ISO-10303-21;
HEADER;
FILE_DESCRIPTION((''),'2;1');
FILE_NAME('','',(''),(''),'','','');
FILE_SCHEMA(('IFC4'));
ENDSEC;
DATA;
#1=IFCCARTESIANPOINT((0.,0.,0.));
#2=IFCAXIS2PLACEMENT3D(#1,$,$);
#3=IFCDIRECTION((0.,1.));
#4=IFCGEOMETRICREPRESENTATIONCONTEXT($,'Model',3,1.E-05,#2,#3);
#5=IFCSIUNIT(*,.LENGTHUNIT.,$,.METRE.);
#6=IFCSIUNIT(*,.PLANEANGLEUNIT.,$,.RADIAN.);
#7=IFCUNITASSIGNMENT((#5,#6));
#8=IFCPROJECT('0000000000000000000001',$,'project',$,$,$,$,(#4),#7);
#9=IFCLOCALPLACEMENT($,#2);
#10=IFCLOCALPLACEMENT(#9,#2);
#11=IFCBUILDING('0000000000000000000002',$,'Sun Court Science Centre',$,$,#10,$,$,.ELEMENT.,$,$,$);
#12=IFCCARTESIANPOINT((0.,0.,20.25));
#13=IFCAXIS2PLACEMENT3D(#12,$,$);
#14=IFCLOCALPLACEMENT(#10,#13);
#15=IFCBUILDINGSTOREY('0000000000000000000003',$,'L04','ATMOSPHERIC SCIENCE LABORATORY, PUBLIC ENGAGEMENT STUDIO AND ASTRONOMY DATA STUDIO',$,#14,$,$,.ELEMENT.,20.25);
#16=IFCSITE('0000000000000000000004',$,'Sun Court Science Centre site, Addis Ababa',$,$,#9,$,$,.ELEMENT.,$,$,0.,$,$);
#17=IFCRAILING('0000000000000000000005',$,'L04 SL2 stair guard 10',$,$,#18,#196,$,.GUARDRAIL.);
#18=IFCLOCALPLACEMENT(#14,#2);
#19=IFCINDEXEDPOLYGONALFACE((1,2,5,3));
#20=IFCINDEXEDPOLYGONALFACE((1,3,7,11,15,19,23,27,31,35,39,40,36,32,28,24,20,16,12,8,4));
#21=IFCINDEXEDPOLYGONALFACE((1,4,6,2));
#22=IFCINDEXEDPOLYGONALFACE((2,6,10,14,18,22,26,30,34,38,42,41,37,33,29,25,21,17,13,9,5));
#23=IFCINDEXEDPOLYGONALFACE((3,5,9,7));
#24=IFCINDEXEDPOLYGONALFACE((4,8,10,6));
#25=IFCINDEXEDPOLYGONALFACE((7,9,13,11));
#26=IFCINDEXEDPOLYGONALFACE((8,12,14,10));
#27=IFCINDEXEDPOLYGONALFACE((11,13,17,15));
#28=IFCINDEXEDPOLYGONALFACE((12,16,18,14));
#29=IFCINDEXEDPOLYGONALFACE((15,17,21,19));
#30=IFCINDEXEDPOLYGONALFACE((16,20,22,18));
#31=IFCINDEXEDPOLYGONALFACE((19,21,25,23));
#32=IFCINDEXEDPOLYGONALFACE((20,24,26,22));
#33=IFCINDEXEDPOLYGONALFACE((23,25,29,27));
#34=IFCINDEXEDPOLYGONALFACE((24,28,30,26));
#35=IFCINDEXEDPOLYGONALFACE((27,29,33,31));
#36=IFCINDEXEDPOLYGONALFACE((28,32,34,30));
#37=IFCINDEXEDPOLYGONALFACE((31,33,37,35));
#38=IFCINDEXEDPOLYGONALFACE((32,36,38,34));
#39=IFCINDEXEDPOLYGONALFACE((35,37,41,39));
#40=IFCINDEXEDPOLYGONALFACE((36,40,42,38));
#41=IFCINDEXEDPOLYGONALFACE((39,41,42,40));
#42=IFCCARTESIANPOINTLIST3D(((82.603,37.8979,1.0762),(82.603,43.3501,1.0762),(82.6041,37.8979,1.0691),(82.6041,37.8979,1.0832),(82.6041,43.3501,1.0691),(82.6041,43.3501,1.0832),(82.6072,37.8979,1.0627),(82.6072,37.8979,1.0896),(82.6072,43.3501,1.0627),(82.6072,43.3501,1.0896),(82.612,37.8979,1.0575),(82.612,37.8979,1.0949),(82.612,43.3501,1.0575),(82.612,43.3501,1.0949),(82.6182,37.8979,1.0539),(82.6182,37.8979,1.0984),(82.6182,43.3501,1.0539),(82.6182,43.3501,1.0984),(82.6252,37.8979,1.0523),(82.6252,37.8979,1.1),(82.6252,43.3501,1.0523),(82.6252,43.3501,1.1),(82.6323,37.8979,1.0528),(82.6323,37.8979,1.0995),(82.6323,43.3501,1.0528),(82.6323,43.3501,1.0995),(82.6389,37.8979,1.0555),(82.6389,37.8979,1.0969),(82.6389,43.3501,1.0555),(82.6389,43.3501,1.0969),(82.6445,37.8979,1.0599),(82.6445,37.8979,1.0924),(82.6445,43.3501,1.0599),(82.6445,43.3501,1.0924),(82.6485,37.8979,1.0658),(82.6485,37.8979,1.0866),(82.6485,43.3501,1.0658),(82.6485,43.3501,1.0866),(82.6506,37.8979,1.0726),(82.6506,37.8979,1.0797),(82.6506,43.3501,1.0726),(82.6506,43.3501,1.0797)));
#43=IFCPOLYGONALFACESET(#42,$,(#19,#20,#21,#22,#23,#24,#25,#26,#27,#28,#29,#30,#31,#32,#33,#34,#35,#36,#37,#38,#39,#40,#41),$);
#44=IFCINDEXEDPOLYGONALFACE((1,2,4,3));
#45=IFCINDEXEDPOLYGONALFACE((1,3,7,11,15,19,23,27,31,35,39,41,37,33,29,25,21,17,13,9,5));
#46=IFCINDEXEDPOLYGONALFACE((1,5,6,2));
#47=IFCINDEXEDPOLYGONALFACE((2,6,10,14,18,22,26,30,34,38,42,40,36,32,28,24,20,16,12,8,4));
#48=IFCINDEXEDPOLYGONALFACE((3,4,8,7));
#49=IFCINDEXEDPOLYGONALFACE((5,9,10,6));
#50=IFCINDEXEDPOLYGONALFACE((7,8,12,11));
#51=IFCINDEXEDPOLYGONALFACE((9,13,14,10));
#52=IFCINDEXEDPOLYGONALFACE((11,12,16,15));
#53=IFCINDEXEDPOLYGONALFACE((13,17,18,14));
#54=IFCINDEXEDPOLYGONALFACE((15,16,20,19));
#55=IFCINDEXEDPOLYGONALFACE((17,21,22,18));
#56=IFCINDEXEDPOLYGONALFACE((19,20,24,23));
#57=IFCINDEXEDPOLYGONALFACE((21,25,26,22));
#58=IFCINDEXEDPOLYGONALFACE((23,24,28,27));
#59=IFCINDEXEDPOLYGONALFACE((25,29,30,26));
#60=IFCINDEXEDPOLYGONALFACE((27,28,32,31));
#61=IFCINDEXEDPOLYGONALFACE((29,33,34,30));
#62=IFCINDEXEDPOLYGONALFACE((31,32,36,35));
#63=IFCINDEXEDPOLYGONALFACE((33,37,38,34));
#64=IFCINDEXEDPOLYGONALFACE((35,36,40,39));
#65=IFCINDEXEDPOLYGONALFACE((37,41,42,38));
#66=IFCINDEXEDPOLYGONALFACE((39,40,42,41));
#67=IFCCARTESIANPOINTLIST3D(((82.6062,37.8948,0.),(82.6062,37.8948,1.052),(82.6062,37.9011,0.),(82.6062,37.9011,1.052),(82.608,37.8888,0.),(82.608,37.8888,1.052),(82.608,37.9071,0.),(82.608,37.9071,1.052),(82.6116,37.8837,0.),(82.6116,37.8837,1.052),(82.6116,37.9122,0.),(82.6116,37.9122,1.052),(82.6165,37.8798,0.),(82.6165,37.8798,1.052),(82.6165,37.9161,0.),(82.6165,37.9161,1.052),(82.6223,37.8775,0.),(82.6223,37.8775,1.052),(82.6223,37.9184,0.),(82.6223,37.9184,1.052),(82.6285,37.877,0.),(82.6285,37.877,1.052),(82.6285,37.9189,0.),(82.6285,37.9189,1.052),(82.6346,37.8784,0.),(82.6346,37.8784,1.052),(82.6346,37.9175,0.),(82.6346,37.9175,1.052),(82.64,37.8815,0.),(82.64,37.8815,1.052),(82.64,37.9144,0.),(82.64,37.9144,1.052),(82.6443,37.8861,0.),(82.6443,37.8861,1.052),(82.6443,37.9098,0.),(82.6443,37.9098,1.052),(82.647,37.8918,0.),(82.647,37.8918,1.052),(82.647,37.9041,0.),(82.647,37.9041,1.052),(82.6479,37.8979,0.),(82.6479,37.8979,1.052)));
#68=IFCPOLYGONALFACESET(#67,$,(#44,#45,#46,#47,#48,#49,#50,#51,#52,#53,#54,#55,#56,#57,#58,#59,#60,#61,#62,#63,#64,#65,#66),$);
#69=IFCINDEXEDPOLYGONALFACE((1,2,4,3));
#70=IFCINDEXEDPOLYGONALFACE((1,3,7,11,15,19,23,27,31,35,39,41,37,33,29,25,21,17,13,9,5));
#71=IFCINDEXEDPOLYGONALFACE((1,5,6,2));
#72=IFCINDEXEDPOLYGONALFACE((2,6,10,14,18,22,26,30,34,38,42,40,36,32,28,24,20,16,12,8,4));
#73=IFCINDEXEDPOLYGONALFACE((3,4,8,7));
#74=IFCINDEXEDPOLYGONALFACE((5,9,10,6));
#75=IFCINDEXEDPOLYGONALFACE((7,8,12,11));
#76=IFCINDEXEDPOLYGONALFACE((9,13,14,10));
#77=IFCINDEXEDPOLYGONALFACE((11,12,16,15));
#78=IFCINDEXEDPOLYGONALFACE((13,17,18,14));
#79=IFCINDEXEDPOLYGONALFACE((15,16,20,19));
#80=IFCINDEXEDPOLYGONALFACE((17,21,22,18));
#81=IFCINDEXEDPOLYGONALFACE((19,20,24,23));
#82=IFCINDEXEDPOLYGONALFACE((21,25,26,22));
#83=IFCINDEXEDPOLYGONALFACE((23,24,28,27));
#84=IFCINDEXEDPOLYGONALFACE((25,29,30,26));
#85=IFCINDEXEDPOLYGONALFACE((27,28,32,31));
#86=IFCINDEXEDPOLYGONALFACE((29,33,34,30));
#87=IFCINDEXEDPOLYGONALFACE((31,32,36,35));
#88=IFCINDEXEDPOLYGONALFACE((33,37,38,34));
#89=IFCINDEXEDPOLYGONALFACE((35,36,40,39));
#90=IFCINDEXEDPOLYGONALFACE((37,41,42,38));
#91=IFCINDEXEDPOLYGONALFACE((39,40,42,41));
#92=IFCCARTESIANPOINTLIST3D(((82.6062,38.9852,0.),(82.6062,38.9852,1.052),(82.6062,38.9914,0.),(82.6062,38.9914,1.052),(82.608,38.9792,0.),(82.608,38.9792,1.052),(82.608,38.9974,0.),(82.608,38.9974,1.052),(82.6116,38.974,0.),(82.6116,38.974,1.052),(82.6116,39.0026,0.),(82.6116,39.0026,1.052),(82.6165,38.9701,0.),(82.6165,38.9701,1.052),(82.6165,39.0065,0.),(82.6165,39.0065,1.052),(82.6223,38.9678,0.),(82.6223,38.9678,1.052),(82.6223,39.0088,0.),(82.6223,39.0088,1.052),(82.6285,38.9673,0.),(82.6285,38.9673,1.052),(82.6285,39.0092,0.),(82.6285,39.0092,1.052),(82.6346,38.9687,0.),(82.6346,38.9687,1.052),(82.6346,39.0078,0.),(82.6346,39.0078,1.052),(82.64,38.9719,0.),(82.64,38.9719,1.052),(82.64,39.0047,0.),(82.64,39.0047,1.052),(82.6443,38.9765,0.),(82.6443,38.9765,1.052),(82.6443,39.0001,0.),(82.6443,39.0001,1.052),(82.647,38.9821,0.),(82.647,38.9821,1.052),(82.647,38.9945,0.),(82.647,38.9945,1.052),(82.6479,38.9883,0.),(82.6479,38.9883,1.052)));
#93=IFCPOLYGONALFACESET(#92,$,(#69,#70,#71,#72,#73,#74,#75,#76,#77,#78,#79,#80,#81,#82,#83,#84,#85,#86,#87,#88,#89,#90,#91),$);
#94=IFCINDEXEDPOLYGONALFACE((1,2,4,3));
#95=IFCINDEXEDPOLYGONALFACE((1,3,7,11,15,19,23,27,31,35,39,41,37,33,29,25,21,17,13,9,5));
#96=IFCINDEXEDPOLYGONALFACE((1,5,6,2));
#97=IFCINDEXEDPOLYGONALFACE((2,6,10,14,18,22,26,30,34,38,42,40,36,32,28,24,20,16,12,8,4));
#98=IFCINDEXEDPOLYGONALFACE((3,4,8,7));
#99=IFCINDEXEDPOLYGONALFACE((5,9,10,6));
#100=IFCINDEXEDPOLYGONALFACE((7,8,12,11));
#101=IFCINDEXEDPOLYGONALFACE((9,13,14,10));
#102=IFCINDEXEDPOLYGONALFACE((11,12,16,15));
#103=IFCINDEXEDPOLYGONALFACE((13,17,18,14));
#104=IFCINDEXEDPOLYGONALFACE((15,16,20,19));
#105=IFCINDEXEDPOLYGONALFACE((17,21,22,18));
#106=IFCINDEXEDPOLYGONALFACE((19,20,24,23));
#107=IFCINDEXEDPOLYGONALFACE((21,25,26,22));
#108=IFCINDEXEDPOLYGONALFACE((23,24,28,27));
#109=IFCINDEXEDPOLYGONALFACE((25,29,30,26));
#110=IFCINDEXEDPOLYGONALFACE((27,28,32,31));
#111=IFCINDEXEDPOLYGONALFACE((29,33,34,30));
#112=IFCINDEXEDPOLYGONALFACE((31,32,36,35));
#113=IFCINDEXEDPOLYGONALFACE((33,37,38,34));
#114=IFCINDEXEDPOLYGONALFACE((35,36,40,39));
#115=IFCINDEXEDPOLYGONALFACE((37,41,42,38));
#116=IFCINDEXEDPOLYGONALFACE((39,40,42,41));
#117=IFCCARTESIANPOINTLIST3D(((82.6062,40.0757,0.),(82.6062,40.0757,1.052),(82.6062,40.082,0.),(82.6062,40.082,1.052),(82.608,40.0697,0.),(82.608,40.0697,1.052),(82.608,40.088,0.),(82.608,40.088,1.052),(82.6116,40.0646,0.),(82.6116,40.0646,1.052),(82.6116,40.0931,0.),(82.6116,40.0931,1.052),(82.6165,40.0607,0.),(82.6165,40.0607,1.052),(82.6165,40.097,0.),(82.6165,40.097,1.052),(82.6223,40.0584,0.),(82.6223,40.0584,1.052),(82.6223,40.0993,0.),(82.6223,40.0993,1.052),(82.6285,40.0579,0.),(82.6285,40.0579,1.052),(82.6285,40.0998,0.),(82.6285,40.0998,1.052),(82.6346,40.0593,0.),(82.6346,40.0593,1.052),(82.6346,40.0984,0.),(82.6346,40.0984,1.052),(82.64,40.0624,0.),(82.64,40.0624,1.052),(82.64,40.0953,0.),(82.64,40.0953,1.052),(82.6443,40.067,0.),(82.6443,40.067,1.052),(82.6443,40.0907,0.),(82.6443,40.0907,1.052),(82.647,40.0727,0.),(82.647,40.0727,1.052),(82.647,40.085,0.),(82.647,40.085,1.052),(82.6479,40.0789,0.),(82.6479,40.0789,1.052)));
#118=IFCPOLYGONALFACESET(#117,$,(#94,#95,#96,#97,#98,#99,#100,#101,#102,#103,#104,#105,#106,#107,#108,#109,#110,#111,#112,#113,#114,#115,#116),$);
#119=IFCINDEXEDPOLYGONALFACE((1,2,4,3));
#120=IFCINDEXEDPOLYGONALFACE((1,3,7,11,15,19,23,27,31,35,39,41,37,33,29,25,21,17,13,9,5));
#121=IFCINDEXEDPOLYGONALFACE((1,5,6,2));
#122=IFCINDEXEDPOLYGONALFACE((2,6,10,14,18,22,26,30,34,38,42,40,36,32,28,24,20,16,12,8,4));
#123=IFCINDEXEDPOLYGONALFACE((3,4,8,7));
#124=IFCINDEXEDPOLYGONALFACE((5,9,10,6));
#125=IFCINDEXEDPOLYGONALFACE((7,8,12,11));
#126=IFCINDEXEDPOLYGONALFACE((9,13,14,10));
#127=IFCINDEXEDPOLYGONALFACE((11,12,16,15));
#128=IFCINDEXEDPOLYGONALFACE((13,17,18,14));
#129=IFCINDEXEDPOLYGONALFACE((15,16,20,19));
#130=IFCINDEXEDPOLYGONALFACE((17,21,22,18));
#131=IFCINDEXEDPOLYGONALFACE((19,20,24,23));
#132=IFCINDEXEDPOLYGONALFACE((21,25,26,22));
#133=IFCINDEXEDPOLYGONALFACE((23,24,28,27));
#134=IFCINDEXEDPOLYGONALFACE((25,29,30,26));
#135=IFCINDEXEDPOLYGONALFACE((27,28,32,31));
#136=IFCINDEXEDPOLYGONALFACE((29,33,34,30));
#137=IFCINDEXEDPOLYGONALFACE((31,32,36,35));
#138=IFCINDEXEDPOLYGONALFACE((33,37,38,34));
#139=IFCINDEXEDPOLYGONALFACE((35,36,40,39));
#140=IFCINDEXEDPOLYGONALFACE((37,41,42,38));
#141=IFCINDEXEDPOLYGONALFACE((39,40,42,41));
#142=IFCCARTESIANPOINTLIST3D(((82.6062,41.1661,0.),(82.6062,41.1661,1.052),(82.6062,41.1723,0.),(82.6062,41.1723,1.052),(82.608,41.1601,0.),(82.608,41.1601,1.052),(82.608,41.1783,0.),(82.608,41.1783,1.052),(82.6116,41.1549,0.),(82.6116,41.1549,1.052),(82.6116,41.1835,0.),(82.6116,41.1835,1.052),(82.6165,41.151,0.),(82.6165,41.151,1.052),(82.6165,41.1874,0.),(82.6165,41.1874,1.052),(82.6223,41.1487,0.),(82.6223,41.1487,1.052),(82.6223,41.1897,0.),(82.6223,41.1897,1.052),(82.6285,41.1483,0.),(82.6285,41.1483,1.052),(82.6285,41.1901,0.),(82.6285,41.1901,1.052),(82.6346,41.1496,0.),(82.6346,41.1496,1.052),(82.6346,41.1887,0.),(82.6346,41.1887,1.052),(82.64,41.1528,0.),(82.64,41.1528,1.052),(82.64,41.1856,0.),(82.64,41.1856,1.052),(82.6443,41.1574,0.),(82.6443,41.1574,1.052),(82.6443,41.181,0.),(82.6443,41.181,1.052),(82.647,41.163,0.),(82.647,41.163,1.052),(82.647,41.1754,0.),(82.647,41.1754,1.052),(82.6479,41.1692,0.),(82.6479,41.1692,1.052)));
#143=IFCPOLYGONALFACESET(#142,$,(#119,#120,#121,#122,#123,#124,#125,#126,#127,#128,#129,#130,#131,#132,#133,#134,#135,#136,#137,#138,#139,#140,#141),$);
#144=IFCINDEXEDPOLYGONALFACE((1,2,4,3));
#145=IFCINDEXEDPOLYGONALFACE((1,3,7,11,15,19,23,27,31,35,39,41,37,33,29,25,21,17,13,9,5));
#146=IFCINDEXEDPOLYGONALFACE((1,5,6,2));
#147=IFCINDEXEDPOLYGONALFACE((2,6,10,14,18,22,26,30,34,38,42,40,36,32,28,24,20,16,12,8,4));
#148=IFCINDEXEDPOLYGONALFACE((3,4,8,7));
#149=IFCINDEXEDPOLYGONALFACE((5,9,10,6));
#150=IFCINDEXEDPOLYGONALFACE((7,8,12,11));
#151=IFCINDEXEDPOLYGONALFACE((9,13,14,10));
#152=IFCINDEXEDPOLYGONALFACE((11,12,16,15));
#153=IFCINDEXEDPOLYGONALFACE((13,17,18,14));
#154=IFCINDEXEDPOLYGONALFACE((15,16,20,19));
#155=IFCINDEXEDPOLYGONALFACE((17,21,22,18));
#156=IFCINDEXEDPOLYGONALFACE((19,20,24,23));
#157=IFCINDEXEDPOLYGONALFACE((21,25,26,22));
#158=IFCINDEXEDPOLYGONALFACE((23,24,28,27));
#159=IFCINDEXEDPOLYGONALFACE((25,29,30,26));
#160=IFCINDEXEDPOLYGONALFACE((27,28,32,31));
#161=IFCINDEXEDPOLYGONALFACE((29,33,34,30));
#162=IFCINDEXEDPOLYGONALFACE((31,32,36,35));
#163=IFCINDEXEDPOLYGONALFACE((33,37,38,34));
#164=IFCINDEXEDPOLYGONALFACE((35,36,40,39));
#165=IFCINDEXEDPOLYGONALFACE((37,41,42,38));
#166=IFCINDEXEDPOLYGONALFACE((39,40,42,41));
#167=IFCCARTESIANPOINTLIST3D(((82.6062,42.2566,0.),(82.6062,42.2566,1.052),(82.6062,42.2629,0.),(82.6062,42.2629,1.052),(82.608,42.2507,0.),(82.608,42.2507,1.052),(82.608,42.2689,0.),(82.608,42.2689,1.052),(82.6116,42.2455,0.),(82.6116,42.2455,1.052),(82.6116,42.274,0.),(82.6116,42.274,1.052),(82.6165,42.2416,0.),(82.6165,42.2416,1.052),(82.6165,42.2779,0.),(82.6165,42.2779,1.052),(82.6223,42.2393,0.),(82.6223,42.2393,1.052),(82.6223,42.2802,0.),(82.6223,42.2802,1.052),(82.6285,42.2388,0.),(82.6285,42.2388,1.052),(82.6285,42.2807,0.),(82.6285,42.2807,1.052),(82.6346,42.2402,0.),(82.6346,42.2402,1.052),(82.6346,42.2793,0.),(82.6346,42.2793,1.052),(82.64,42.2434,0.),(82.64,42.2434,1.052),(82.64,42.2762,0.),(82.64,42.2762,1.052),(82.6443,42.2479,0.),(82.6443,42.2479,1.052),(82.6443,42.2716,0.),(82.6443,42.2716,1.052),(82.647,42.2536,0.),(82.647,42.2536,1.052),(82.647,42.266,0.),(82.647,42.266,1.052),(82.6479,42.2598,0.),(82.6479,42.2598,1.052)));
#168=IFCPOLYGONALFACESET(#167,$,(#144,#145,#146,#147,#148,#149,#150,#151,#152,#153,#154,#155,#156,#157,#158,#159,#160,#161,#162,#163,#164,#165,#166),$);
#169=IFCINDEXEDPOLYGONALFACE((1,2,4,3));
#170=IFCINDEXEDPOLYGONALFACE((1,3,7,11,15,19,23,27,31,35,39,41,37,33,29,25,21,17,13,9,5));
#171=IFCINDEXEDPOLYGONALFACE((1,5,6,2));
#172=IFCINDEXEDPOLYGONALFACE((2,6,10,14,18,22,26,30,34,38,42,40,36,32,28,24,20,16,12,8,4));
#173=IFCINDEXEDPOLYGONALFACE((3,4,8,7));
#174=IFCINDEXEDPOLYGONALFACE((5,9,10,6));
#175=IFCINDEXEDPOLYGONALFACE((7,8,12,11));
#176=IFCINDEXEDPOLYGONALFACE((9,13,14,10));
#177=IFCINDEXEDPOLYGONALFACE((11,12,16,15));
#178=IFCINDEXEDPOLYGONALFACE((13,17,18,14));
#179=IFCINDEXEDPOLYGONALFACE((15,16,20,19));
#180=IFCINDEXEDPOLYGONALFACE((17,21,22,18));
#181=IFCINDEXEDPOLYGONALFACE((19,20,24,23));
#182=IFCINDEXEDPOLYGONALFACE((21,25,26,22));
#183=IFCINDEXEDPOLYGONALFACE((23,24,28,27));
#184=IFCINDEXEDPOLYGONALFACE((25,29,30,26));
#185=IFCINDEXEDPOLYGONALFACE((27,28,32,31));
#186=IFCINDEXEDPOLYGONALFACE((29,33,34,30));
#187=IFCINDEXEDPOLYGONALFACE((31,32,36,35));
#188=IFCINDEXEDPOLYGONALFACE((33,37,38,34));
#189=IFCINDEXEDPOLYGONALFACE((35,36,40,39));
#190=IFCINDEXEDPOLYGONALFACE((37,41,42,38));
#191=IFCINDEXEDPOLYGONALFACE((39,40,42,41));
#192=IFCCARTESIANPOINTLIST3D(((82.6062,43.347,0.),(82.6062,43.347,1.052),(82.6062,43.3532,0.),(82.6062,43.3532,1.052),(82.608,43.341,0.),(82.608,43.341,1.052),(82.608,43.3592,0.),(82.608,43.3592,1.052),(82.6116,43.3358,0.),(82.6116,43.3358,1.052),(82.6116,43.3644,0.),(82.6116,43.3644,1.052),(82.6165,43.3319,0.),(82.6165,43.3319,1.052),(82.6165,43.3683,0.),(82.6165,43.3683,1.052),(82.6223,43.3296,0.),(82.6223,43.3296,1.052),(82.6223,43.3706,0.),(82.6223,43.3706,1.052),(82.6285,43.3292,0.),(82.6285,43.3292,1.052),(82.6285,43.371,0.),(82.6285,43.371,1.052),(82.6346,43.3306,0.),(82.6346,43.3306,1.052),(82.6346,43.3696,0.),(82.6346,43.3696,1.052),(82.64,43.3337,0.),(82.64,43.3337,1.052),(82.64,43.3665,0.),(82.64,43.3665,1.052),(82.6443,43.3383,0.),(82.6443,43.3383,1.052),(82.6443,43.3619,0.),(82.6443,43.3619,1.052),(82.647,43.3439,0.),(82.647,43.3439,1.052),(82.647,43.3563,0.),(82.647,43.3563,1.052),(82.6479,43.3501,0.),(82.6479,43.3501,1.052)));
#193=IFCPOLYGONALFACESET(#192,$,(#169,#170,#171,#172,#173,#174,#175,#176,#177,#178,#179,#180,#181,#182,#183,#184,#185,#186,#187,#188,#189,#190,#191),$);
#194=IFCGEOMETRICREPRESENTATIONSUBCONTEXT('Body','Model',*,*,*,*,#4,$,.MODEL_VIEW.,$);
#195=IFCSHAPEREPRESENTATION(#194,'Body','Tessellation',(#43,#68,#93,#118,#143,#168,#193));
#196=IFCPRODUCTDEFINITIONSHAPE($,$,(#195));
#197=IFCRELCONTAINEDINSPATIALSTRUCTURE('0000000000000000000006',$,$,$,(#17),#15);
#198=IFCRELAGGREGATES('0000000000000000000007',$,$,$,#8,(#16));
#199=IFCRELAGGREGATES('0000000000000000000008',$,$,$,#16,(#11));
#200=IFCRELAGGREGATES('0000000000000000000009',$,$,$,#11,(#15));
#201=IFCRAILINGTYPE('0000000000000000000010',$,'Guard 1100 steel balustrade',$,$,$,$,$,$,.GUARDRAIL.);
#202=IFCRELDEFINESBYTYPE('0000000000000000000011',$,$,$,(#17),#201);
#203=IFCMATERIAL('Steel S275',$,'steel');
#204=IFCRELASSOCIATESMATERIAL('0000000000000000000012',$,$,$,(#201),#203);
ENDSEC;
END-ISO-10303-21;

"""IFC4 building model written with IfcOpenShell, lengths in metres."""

from ifc_helpers import new_model, si_unit, direction, frame, origin, origin_2d, place, context, subcontext, project, spatial, circle, extrude, material, type_object, element, save


model = new_model("IFC4")

# Units and contexts
model_context = context("Model", 3, precision=1e-05, world=origin(), true_north=direction((0.0, 1.0)))
body_context = subcontext(model_context, "Body", "Model", "MODEL_VIEW")
ifc_project = project(units=[si_unit("LENGTHUNIT", "METRE"), si_unit("PLANEANGLEUNIT", "RADIAN")], contexts=[model_context])

# Site, building, storey
site_placement = place(None, origin())
site = spatial("IfcSite", under=ifc_project, at=site_placement, Name="Sun Court Science Centre site, Addis Ababa", CompositionType="ELEMENT", RefElevation=0.0)
building_placement = place(site_placement, origin())
building = spatial("IfcBuilding", under=site, at=building_placement, Name="Sun Court Science Centre", CompositionType="ELEMENT")
storey_placement = place(building_placement, frame((0.0, 0.0, 20.25)))
storey = spatial("IfcBuildingStorey", under=building, at=storey_placement, Name="L04", Description="ATMOSPHERIC SCIENCE LABORATORY, PUBLIC ENGAGEMENT STUDIO AND ASTRONOMY DATA STUDIO", CompositionType="ELEMENT", Elevation=20.25)

# Railing
ifc_material_1 = material(Name="Steel S275", Category="steel")
railing_type_1 = type_object("IfcRailingType", Name="Guard 1100 steel balustrade", PredefinedType="GUARDRAIL", material=ifc_material_1)
for number, where, name in (
    (1, (82.627, 37.8979, 0.0), "L04 SL2 stair guard 10"),
):
    element("IfcRailing", number, at=place(storey_placement, frame(where)), inside=storey, type_object=railing_type_1, Name=name, PredefinedType="GUARDRAIL", context=body_context, shape_type="SweptSolid", body=[
        extrude(circle(Radius=0.0239, at=origin_2d()), frame((0.0, 0.0, 1.0762), z_axis=(0.0, 1.0, 0.0), x_axis=(-1.0, 0.0, 0.0)), (0.0, 0.0, 1.0), 5.4521),
        extrude(circle(Radius=0.021, at=origin_2d()), origin(), (0.0, 0.0, 1.0), 1.052),
        extrude(circle(Radius=0.021, at=origin_2d()), frame((0.0, 1.0903, 0.0)), (0.0, 0.0, 1.0), 1.052),
        extrude(circle(Radius=0.021, at=origin_2d()), frame((0.0, 2.1809, 0.0)), (0.0, 0.0, 1.0), 1.052),
        extrude(circle(Radius=0.021, at=origin_2d()), frame((0.0, 3.2712, 0.0)), (0.0, 0.0, 1.0), 1.052),
        extrude(circle(Radius=0.021, at=origin_2d()), frame((0.0, 4.3618, 0.0)), (0.0, 0.0, 1.0), 1.052),
        extrude(circle(Radius=0.021, at=origin_2d()), frame((0.0, 5.4521, 0.0)), (0.0, 0.0, 1.0), 1.052),
    ])

save(model, "model.ifc")
